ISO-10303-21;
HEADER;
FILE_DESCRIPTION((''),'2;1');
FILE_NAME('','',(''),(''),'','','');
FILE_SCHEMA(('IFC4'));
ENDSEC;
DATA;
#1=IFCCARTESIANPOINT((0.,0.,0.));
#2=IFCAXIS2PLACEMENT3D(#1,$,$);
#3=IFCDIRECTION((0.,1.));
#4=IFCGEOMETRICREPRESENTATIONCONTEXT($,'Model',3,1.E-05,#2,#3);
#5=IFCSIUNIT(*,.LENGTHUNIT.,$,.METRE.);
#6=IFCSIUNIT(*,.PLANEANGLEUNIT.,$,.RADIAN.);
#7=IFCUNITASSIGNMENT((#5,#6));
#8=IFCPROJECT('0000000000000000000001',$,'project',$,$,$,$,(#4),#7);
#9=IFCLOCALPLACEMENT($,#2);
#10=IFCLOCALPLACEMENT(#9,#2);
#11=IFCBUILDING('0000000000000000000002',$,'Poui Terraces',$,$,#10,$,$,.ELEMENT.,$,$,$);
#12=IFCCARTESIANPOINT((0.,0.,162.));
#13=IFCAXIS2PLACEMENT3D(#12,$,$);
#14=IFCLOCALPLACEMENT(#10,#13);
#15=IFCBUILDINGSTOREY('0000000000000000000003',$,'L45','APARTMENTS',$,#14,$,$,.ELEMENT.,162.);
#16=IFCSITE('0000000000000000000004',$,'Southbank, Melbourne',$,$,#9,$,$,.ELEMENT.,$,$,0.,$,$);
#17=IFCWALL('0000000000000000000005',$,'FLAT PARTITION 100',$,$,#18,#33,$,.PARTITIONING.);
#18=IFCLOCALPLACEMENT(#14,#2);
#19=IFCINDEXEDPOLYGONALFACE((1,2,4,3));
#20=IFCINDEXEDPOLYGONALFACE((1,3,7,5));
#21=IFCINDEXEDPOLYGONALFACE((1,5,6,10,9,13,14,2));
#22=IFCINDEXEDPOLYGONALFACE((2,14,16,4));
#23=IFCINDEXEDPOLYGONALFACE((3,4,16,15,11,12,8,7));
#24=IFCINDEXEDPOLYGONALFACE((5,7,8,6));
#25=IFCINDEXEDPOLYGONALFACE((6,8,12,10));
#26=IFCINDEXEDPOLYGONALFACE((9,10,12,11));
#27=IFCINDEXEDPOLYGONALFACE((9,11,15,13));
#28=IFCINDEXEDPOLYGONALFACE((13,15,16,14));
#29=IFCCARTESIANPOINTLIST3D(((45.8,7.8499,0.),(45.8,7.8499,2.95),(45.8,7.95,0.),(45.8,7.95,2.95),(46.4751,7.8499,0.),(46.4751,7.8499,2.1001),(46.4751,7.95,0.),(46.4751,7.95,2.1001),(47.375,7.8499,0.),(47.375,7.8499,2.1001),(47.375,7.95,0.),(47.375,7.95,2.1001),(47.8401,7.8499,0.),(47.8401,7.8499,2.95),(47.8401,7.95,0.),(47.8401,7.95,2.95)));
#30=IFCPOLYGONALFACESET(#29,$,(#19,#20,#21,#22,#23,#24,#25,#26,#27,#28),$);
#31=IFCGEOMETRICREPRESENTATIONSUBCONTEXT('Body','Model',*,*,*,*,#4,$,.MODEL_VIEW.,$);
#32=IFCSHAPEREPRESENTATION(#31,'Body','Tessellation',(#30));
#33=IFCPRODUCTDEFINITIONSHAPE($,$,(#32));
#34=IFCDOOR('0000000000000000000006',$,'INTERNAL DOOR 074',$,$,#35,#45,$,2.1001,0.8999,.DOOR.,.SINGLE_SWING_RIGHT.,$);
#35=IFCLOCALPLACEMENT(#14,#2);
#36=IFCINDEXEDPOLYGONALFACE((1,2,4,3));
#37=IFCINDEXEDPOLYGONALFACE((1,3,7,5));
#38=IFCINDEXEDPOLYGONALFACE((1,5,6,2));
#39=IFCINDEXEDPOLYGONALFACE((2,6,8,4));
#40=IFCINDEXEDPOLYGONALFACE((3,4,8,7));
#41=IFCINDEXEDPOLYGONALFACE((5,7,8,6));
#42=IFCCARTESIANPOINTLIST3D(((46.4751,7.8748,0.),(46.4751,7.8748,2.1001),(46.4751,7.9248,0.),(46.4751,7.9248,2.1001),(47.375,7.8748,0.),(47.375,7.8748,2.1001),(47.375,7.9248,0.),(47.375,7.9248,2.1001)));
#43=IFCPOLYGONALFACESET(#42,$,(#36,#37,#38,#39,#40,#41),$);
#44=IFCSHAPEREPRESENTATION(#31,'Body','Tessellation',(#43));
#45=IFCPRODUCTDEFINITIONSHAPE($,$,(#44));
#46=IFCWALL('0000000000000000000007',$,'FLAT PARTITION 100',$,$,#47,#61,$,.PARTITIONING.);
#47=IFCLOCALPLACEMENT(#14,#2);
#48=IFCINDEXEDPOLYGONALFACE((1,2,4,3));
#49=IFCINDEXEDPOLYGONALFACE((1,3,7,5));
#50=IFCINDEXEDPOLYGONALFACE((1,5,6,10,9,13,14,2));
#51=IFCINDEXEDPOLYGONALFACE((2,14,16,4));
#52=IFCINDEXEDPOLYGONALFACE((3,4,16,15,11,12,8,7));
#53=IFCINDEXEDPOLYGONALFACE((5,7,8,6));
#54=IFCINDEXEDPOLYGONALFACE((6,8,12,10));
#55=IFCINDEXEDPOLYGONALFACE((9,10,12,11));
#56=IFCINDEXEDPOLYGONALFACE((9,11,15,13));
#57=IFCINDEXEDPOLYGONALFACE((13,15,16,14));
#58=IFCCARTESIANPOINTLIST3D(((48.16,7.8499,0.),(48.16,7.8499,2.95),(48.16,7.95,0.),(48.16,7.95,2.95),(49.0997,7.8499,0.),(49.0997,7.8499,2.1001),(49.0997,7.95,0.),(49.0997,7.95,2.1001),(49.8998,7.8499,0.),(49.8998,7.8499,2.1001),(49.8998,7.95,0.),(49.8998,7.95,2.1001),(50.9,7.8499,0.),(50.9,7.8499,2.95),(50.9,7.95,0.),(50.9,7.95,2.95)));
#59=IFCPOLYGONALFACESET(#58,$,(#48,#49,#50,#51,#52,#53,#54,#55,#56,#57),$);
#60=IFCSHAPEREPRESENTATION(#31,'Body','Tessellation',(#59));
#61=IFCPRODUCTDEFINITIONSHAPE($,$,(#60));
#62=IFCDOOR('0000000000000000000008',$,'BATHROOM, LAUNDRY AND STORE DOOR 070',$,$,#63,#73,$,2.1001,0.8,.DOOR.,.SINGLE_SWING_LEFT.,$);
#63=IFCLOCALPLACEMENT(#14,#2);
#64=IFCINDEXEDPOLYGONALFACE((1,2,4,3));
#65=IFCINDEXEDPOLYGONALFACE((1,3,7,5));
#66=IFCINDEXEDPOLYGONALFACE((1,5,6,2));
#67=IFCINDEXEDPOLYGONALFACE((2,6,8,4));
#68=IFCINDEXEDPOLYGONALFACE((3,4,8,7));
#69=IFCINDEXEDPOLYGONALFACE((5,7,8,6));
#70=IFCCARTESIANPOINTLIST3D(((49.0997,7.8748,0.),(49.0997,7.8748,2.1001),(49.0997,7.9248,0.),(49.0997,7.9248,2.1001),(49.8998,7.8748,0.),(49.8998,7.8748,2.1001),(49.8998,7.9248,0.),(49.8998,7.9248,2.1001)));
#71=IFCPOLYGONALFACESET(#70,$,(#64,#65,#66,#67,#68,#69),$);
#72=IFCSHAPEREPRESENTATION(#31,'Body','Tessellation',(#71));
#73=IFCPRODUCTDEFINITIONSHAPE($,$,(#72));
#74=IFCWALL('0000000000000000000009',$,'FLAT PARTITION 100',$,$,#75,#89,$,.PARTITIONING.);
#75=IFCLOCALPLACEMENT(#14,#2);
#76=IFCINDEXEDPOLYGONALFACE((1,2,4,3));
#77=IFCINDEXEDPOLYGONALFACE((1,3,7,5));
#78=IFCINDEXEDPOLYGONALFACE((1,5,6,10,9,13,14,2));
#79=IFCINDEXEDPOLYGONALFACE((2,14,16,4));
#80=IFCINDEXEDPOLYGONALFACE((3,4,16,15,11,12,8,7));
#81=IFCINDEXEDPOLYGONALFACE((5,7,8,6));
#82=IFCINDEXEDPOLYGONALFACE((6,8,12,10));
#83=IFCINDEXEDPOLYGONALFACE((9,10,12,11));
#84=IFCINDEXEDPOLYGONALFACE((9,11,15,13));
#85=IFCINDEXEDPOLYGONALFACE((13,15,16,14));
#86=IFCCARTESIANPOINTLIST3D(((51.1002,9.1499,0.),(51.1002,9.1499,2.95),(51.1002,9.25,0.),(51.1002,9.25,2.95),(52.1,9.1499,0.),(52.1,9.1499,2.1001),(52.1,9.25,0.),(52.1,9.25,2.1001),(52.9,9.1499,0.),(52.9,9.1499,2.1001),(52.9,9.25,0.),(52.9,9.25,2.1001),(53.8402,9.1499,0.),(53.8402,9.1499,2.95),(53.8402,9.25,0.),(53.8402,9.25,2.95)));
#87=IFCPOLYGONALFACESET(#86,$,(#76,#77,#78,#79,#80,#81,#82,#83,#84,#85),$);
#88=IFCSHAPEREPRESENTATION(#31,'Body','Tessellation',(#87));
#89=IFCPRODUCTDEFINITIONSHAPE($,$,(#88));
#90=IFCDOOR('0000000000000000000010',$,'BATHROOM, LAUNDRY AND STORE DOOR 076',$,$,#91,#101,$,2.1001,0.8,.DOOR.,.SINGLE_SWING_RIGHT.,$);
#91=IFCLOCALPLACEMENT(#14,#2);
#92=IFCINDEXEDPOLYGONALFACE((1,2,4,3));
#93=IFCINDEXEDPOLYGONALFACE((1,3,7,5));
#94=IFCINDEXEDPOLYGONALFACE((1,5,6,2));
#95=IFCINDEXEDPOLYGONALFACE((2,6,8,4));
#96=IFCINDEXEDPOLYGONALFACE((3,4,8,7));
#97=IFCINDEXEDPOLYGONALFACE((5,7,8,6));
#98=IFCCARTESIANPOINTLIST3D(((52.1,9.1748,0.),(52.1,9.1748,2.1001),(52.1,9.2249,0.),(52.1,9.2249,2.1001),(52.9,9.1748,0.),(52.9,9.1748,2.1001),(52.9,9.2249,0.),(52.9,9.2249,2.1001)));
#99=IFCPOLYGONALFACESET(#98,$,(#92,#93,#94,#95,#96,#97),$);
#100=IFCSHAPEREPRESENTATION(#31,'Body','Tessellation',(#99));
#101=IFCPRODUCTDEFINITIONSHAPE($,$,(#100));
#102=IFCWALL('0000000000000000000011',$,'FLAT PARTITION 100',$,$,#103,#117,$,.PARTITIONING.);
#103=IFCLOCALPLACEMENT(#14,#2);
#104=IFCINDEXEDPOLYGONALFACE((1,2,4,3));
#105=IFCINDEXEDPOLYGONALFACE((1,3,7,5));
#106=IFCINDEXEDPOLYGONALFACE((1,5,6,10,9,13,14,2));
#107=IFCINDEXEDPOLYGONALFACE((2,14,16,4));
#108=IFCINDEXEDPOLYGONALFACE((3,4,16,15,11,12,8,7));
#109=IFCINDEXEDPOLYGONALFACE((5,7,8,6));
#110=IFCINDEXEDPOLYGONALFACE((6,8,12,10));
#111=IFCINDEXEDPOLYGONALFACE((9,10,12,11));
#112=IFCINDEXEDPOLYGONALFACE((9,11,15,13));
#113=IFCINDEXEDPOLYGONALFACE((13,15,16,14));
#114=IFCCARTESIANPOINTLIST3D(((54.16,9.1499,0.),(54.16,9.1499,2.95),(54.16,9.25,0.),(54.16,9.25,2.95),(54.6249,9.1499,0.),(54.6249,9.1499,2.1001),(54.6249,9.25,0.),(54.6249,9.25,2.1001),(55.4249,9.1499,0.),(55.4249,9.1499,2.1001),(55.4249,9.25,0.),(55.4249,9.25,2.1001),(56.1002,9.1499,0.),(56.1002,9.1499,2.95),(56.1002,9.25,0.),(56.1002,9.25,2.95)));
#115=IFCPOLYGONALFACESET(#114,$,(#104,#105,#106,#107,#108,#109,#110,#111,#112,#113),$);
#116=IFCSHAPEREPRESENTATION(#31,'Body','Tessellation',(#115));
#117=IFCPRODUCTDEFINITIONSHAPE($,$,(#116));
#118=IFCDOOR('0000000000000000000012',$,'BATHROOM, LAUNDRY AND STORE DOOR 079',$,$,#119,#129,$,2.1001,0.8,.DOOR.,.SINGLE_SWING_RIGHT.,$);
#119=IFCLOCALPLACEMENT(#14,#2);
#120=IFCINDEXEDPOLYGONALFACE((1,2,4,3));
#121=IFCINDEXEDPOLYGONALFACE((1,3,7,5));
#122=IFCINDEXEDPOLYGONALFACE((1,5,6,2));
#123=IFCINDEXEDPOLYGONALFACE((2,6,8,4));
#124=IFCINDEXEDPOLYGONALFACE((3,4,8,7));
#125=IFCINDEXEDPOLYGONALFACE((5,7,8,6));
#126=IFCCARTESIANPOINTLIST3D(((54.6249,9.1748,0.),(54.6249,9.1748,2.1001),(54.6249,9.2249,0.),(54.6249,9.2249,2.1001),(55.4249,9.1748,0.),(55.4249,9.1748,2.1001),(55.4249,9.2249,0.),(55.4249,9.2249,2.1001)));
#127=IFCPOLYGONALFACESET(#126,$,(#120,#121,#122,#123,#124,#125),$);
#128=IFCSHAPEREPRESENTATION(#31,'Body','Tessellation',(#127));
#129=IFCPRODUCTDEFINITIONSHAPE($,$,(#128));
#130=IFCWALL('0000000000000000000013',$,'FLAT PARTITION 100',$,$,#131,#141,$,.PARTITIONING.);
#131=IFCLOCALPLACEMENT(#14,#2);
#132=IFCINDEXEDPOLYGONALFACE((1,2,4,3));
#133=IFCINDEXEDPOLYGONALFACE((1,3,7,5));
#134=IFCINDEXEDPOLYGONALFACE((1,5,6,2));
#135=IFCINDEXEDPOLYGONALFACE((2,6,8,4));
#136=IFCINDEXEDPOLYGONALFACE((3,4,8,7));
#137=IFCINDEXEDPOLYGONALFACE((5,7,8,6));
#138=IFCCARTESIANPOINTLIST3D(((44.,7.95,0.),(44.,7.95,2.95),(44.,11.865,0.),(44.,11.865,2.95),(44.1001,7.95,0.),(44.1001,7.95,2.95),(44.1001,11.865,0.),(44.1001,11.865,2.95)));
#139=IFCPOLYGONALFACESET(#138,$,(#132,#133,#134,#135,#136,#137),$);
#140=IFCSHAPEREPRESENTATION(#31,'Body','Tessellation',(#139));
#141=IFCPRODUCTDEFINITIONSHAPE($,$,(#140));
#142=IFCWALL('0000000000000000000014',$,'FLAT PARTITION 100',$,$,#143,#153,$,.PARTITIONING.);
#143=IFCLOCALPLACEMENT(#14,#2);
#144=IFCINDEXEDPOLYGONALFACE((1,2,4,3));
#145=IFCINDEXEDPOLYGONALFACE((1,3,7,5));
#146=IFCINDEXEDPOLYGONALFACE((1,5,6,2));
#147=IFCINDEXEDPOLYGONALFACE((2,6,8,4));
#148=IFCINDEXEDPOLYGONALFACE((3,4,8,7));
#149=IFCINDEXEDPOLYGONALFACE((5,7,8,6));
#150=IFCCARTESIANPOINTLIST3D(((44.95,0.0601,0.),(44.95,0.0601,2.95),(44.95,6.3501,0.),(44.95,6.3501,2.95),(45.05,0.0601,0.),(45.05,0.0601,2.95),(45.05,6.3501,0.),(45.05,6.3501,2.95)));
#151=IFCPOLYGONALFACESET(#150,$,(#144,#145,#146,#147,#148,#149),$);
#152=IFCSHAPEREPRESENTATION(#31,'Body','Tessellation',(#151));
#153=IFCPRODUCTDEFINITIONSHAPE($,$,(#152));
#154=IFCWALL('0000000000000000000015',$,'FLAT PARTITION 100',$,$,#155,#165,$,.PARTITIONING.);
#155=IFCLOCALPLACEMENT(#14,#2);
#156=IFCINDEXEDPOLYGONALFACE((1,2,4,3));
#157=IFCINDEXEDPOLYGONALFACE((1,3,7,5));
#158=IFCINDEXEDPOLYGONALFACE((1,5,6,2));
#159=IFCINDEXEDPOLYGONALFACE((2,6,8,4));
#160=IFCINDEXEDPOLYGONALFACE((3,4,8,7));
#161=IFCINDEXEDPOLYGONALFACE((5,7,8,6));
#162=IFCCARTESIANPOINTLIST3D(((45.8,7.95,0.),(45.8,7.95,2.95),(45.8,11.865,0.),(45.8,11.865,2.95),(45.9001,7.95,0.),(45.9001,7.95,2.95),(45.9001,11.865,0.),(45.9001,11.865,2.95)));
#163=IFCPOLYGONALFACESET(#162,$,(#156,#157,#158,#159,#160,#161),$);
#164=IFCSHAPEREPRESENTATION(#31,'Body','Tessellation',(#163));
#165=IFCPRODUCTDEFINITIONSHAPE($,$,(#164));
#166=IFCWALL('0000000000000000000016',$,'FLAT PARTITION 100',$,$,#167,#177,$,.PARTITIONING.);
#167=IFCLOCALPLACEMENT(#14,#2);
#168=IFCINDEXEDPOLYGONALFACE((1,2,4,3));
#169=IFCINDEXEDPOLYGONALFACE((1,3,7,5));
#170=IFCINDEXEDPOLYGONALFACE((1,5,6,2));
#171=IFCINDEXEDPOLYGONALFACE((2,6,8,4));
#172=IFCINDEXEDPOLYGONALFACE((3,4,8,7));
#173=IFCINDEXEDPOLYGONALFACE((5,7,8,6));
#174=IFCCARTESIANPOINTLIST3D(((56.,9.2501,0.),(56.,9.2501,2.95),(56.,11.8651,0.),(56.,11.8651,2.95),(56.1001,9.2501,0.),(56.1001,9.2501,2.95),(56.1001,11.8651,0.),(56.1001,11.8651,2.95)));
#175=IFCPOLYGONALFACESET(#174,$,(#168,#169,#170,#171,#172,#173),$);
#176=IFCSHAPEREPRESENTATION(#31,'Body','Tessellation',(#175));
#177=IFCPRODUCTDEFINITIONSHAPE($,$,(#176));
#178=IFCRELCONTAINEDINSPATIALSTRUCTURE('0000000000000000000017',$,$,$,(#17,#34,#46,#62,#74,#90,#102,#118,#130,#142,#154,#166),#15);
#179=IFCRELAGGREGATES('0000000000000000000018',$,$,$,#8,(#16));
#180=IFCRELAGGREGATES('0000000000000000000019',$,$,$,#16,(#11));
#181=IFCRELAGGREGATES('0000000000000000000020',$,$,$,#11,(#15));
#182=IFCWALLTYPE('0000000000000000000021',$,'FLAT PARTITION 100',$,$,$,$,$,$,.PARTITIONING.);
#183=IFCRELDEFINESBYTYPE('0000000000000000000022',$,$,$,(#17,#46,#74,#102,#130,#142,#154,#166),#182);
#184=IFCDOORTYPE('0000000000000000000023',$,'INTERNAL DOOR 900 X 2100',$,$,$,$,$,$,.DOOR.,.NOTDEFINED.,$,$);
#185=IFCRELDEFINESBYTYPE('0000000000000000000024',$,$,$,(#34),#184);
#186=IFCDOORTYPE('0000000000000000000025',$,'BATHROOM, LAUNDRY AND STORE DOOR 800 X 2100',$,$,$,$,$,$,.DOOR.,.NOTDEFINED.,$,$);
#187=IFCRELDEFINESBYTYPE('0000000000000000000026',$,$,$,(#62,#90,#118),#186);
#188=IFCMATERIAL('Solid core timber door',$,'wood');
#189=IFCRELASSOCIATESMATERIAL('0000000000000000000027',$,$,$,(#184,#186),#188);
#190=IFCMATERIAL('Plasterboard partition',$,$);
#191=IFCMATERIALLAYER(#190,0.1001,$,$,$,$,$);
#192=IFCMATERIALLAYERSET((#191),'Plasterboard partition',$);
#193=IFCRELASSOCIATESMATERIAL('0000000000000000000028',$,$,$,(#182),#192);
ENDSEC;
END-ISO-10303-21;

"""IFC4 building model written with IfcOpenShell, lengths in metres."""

from ifc_helpers import new_model, si_unit, direction, frame, frame_2d, origin, place, context, subcontext, project, spatial, rectangle, extrude, material, layer, layer_set, type_object, element, fill, save


model = new_model("IFC4")

# Units and contexts
model_context = context("Model", 3, precision=1e-05, world=origin(), true_north=direction((0.0, 1.0)))
body_context = subcontext(model_context, "Body", "Model", "MODEL_VIEW")
ifc_project = project(units=[si_unit("LENGTHUNIT", "METRE"), si_unit("PLANEANGLEUNIT", "RADIAN")], contexts=[model_context])

# Site, building, storey
site_placement = place(None, origin())
site = spatial("IfcSite", under=ifc_project, at=site_placement, Name="Southbank, Melbourne", CompositionType="ELEMENT", RefElevation=0.0)
building_placement = place(site_placement, origin())
building = spatial("IfcBuilding", under=site, at=building_placement, Name="Poui Terraces", CompositionType="ELEMENT")
storey_placement = place(building_placement, frame((0.0, 0.0, 162.0)))
storey = spatial("IfcBuildingStorey", under=building, at=storey_placement, Name="L45", Description="APARTMENTS", CompositionType="ELEMENT", Elevation=162.0)

# Walls, openings, doors
ifc_material_1 = material(Name="Solid core timber door", Category="wood")
door_type_1 = type_object("IfcDoorType", Name="INTERNAL DOOR 900 X 2100", OperationType="NOTDEFINED", PredefinedType="DOOR", material=ifc_material_1)
ifc_material_2 = material(Name="Plasterboard partition")
ifc_layer_1 = layer(ifc_material_2, 0.1001)
ifc_layer_set_1 = layer_set([ifc_layer_1], Name="Plasterboard partition")
wall_type_1 = type_object("IfcWallType", Name="FLAT PARTITION 100", PredefinedType="PARTITIONING", material=ifc_layer_set_1)
wall_1_placement = place(storey_placement, frame((45.8, 7.8999, 0.0), z_axis=(0.0, 0.0, 1.0), x_axis=(1.0, 0.0, 0.0)))
wall_1 = element("IfcWall", 1, at=wall_1_placement, inside=storey, type_object=wall_type_1, Name="FLAT PARTITION 100", PredefinedType="PARTITIONING", context=body_context, shape_type="SweptSolid", body=[
    extrude(rectangle(XDim=2.04, YDim=0.1001, at=frame_2d((1.02, 0.0))), origin(), (0.0, 0.0, 1.0), 2.95),
])
opening_1_placement = place(wall_1_placement, frame((0.675, 0.0, 0.0)))
opening_1 = element("IfcOpeningElement", 2, at=opening_1_placement, cuts=wall_1, PredefinedType="OPENING", context=body_context, shape_type="SweptSolid", body=[
    extrude(rectangle(XDim=0.8999, YDim=2.1001, at=frame_2d((0.45, 1.05))), frame((0.0, 0.0601, 0.0), z_axis=(0.0, -1.0, 0.0), x_axis=(1.0, 0.0, 0.0)), (0.0, 0.0, 1.0), 0.1201),
])
door_1_placement = place(opening_1_placement, origin())
door_1 = element("IfcDoor", 3, at=door_1_placement, inside=storey, type_object=door_type_1, Name="INTERNAL DOOR 074", OperationType="SINGLE_SWING_RIGHT", OverallHeight=2.1001, OverallWidth=0.8999, PredefinedType="DOOR", context=body_context, shape_type="SweptSolid", body=[
    extrude(rectangle(XDim=0.8999, YDim=2.1001, at=frame_2d((0.45, 1.05))), frame((0.0, 0.0249, 0.0), z_axis=(0.0, -1.0, 0.0), x_axis=(1.0, 0.0, 0.0)), (0.0, 0.0, 1.0), 0.05),
])
fill(opening_1, door_1)
wall_2_placement = place(storey_placement, frame((48.1599, 7.8999, 0.0), z_axis=(0.0, 0.0, 1.0), x_axis=(1.0, 0.0, 0.0)))
wall_2 = element("IfcWall", 4, at=wall_2_placement, inside=storey, type_object=wall_type_1, Name="FLAT PARTITION 100", PredefinedType="PARTITIONING", context=body_context, shape_type="SweptSolid", body=[
    extrude(rectangle(XDim=2.74, YDim=0.1001, at=frame_2d((1.3701, 0.0))), origin(), (0.0, 0.0, 1.0), 2.95),
])
opening_2_placement = place(wall_2_placement, frame((0.9399, 0.0, 0.0)))
opening_2 = element("IfcOpeningElement", 5, at=opening_2_placement, cuts=wall_2, PredefinedType="OPENING", context=body_context, shape_type="SweptSolid", body=[
    extrude(rectangle(XDim=0.8, YDim=2.1001, at=frame_2d((0.3999, 1.05))), frame((0.0, 0.0601, 0.0), z_axis=(0.0, -1.0, 0.0), x_axis=(1.0, 0.0, 0.0)), (0.0, 0.0, 1.0), 0.1201),
])
door_type_2 = type_object("IfcDoorType", Name="BATHROOM, LAUNDRY AND STORE DOOR 800 X 2100", OperationType="NOTDEFINED", PredefinedType="DOOR", material=ifc_material_1)
door_2_placement = place(opening_2_placement, origin())
door_2 = element("IfcDoor", 6, at=door_2_placement, inside=storey, type_object=door_type_2, Name="BATHROOM, LAUNDRY AND STORE DOOR 070", OperationType="SINGLE_SWING_LEFT", OverallHeight=2.1001, OverallWidth=0.8, PredefinedType="DOOR", context=body_context, shape_type="SweptSolid", body=[
    extrude(rectangle(XDim=0.8, YDim=2.1001, at=frame_2d((0.3999, 1.05))), frame((0.0, 0.0249, 0.0), z_axis=(0.0, -1.0, 0.0), x_axis=(1.0, 0.0, 0.0)), (0.0, 0.0, 1.0), 0.05),
])
fill(opening_2, door_2)
wall_3_placement = place(storey_placement, frame((51.1001, 9.2, 0.0), z_axis=(0.0, 0.0, 1.0), x_axis=(1.0, 0.0, 0.0)))
wall_3 = element("IfcWall", 7, at=wall_3_placement, inside=storey, type_object=wall_type_1, Name="FLAT PARTITION 100", PredefinedType="PARTITIONING", context=body_context, shape_type="SweptSolid", body=[
    extrude(rectangle(XDim=2.74, YDim=0.1001, at=frame_2d((1.3701, 0.0))), origin(), (0.0, 0.0, 1.0), 2.95),
])
opening_3_placement = place(wall_3_placement, frame((1.0, 0.0, 0.0)))
opening_3 = element("IfcOpeningElement", 8, at=opening_3_placement, cuts=wall_3, PredefinedType="OPENING", context=body_context, shape_type="SweptSolid", body=[
    extrude(rectangle(XDim=0.8, YDim=2.1001, at=frame_2d((0.3999, 1.05))), frame((0.0, 0.0601, 0.0), z_axis=(0.0, -1.0, 0.0), x_axis=(1.0, 0.0, 0.0)), (0.0, 0.0, 1.0), 0.1201),
])
door_3_placement = place(opening_3_placement, origin())
door_3 = element("IfcDoor", 9, at=door_3_placement, inside=storey, type_object=door_type_2, Name="BATHROOM, LAUNDRY AND STORE DOOR 076", OperationType="SINGLE_SWING_RIGHT", OverallHeight=2.1001, OverallWidth=0.8, PredefinedType="DOOR", context=body_context, shape_type="SweptSolid", body=[
    extrude(rectangle(XDim=0.8, YDim=2.1001, at=frame_2d((0.3999, 1.05))), frame((0.0, 0.0249, 0.0), z_axis=(0.0, -1.0, 0.0), x_axis=(1.0, 0.0, 0.0)), (0.0, 0.0, 1.0), 0.05),
])
fill(opening_3, door_3)
wall_4_placement = place(storey_placement, frame((54.1599, 9.2, 0.0), z_axis=(0.0, 0.0, 1.0), x_axis=(1.0, 0.0, 0.0)))
wall_4 = element("IfcWall", 10, at=wall_4_placement, inside=storey, type_object=wall_type_1, Name="FLAT PARTITION 100", PredefinedType="PARTITIONING", context=body_context, shape_type="SweptSolid", body=[
    extrude(rectangle(XDim=1.9402, YDim=0.1001, at=frame_2d((0.9702, 0.0))), origin(), (0.0, 0.0, 1.0), 2.95),
])
opening_4_placement = place(wall_4_placement, frame((0.4651, 0.0, 0.0)))
opening_4 = element("IfcOpeningElement", 11, at=opening_4_placement, cuts=wall_4, PredefinedType="OPENING", context=body_context, shape_type="SweptSolid", body=[
    extrude(rectangle(XDim=0.8, YDim=2.1001, at=frame_2d((0.3999, 1.05))), frame((0.0, 0.0601, 0.0), z_axis=(0.0, -1.0, 0.0), x_axis=(1.0, 0.0, 0.0)), (0.0, 0.0, 1.0), 0.1201),
])
door_4_placement = place(opening_4_placement, origin())
door_4 = element("IfcDoor", 12, at=door_4_placement, inside=storey, type_object=door_type_2, Name="BATHROOM, LAUNDRY AND STORE DOOR 079", OperationType="SINGLE_SWING_RIGHT", OverallHeight=2.1001, OverallWidth=0.8, PredefinedType="DOOR", context=body_context, shape_type="SweptSolid", body=[
    extrude(rectangle(XDim=0.8, YDim=2.1001, at=frame_2d((0.3999, 1.05))), frame((0.0, 0.0249, 0.0), z_axis=(0.0, -1.0, 0.0), x_axis=(1.0, 0.0, 0.0)), (0.0, 0.0, 1.0), 0.05),
])
fill(opening_4, door_4)

# Walls
wall_5_placement = place(storey_placement, frame((44.05, 7.95, 0.0), z_axis=(0.0, 0.0, 1.0), x_axis=(0.0, 1.0, 0.0)))
element("IfcWall", 13, at=wall_5_placement, inside=storey, type_object=wall_type_1, Name="FLAT PARTITION 100", PredefinedType="PARTITIONING", context=body_context, shape_type="SweptSolid", body=[
    extrude(rectangle(XDim=3.915, YDim=0.1001, at=frame_2d((1.9575, 0.0))), origin(), (0.0, 0.0, 1.0), 2.95),
])
wall_6_placement = place(storey_placement, frame((45.0, 0.0601, 0.0), z_axis=(0.0, 0.0, 1.0), x_axis=(0.0, 1.0, 0.0)))
element("IfcWall", 14, at=wall_6_placement, inside=storey, type_object=wall_type_1, Name="FLAT PARTITION 100", PredefinedType="PARTITIONING", context=body_context, shape_type="SweptSolid", body=[
    extrude(rectangle(XDim=6.29, YDim=0.1001, at=frame_2d((3.145, 0.0))), origin(), (0.0, 0.0, 1.0), 2.95),
])
wall_7_placement = place(storey_placement, frame((45.8501, 7.95, 0.0), z_axis=(0.0, 0.0, 1.0), x_axis=(0.0, 1.0, 0.0)))
element("IfcWall", 15, at=wall_7_placement, inside=storey, type_object=wall_type_1, Name="FLAT PARTITION 100", PredefinedType="PARTITIONING", context=body_context, shape_type="SweptSolid", body=[
    extrude(rectangle(XDim=3.915, YDim=0.1001, at=frame_2d((1.9575, 0.0))), origin(), (0.0, 0.0, 1.0), 2.95),
])
wall_8_placement = place(storey_placement, frame((56.05, 9.25, 0.0), z_axis=(0.0, 0.0, 1.0), x_axis=(0.0, 1.0, 0.0)))
element("IfcWall", 16, at=wall_8_placement, inside=storey, type_object=wall_type_1, Name="FLAT PARTITION 100", PredefinedType="PARTITIONING", context=body_context, shape_type="SweptSolid", body=[
    extrude(rectangle(XDim=2.615, YDim=0.1001, at=frame_2d((1.3076, 0.0))), origin(), (0.0, 0.0, 1.0), 2.95),
])

save(model, "model.ifc")
